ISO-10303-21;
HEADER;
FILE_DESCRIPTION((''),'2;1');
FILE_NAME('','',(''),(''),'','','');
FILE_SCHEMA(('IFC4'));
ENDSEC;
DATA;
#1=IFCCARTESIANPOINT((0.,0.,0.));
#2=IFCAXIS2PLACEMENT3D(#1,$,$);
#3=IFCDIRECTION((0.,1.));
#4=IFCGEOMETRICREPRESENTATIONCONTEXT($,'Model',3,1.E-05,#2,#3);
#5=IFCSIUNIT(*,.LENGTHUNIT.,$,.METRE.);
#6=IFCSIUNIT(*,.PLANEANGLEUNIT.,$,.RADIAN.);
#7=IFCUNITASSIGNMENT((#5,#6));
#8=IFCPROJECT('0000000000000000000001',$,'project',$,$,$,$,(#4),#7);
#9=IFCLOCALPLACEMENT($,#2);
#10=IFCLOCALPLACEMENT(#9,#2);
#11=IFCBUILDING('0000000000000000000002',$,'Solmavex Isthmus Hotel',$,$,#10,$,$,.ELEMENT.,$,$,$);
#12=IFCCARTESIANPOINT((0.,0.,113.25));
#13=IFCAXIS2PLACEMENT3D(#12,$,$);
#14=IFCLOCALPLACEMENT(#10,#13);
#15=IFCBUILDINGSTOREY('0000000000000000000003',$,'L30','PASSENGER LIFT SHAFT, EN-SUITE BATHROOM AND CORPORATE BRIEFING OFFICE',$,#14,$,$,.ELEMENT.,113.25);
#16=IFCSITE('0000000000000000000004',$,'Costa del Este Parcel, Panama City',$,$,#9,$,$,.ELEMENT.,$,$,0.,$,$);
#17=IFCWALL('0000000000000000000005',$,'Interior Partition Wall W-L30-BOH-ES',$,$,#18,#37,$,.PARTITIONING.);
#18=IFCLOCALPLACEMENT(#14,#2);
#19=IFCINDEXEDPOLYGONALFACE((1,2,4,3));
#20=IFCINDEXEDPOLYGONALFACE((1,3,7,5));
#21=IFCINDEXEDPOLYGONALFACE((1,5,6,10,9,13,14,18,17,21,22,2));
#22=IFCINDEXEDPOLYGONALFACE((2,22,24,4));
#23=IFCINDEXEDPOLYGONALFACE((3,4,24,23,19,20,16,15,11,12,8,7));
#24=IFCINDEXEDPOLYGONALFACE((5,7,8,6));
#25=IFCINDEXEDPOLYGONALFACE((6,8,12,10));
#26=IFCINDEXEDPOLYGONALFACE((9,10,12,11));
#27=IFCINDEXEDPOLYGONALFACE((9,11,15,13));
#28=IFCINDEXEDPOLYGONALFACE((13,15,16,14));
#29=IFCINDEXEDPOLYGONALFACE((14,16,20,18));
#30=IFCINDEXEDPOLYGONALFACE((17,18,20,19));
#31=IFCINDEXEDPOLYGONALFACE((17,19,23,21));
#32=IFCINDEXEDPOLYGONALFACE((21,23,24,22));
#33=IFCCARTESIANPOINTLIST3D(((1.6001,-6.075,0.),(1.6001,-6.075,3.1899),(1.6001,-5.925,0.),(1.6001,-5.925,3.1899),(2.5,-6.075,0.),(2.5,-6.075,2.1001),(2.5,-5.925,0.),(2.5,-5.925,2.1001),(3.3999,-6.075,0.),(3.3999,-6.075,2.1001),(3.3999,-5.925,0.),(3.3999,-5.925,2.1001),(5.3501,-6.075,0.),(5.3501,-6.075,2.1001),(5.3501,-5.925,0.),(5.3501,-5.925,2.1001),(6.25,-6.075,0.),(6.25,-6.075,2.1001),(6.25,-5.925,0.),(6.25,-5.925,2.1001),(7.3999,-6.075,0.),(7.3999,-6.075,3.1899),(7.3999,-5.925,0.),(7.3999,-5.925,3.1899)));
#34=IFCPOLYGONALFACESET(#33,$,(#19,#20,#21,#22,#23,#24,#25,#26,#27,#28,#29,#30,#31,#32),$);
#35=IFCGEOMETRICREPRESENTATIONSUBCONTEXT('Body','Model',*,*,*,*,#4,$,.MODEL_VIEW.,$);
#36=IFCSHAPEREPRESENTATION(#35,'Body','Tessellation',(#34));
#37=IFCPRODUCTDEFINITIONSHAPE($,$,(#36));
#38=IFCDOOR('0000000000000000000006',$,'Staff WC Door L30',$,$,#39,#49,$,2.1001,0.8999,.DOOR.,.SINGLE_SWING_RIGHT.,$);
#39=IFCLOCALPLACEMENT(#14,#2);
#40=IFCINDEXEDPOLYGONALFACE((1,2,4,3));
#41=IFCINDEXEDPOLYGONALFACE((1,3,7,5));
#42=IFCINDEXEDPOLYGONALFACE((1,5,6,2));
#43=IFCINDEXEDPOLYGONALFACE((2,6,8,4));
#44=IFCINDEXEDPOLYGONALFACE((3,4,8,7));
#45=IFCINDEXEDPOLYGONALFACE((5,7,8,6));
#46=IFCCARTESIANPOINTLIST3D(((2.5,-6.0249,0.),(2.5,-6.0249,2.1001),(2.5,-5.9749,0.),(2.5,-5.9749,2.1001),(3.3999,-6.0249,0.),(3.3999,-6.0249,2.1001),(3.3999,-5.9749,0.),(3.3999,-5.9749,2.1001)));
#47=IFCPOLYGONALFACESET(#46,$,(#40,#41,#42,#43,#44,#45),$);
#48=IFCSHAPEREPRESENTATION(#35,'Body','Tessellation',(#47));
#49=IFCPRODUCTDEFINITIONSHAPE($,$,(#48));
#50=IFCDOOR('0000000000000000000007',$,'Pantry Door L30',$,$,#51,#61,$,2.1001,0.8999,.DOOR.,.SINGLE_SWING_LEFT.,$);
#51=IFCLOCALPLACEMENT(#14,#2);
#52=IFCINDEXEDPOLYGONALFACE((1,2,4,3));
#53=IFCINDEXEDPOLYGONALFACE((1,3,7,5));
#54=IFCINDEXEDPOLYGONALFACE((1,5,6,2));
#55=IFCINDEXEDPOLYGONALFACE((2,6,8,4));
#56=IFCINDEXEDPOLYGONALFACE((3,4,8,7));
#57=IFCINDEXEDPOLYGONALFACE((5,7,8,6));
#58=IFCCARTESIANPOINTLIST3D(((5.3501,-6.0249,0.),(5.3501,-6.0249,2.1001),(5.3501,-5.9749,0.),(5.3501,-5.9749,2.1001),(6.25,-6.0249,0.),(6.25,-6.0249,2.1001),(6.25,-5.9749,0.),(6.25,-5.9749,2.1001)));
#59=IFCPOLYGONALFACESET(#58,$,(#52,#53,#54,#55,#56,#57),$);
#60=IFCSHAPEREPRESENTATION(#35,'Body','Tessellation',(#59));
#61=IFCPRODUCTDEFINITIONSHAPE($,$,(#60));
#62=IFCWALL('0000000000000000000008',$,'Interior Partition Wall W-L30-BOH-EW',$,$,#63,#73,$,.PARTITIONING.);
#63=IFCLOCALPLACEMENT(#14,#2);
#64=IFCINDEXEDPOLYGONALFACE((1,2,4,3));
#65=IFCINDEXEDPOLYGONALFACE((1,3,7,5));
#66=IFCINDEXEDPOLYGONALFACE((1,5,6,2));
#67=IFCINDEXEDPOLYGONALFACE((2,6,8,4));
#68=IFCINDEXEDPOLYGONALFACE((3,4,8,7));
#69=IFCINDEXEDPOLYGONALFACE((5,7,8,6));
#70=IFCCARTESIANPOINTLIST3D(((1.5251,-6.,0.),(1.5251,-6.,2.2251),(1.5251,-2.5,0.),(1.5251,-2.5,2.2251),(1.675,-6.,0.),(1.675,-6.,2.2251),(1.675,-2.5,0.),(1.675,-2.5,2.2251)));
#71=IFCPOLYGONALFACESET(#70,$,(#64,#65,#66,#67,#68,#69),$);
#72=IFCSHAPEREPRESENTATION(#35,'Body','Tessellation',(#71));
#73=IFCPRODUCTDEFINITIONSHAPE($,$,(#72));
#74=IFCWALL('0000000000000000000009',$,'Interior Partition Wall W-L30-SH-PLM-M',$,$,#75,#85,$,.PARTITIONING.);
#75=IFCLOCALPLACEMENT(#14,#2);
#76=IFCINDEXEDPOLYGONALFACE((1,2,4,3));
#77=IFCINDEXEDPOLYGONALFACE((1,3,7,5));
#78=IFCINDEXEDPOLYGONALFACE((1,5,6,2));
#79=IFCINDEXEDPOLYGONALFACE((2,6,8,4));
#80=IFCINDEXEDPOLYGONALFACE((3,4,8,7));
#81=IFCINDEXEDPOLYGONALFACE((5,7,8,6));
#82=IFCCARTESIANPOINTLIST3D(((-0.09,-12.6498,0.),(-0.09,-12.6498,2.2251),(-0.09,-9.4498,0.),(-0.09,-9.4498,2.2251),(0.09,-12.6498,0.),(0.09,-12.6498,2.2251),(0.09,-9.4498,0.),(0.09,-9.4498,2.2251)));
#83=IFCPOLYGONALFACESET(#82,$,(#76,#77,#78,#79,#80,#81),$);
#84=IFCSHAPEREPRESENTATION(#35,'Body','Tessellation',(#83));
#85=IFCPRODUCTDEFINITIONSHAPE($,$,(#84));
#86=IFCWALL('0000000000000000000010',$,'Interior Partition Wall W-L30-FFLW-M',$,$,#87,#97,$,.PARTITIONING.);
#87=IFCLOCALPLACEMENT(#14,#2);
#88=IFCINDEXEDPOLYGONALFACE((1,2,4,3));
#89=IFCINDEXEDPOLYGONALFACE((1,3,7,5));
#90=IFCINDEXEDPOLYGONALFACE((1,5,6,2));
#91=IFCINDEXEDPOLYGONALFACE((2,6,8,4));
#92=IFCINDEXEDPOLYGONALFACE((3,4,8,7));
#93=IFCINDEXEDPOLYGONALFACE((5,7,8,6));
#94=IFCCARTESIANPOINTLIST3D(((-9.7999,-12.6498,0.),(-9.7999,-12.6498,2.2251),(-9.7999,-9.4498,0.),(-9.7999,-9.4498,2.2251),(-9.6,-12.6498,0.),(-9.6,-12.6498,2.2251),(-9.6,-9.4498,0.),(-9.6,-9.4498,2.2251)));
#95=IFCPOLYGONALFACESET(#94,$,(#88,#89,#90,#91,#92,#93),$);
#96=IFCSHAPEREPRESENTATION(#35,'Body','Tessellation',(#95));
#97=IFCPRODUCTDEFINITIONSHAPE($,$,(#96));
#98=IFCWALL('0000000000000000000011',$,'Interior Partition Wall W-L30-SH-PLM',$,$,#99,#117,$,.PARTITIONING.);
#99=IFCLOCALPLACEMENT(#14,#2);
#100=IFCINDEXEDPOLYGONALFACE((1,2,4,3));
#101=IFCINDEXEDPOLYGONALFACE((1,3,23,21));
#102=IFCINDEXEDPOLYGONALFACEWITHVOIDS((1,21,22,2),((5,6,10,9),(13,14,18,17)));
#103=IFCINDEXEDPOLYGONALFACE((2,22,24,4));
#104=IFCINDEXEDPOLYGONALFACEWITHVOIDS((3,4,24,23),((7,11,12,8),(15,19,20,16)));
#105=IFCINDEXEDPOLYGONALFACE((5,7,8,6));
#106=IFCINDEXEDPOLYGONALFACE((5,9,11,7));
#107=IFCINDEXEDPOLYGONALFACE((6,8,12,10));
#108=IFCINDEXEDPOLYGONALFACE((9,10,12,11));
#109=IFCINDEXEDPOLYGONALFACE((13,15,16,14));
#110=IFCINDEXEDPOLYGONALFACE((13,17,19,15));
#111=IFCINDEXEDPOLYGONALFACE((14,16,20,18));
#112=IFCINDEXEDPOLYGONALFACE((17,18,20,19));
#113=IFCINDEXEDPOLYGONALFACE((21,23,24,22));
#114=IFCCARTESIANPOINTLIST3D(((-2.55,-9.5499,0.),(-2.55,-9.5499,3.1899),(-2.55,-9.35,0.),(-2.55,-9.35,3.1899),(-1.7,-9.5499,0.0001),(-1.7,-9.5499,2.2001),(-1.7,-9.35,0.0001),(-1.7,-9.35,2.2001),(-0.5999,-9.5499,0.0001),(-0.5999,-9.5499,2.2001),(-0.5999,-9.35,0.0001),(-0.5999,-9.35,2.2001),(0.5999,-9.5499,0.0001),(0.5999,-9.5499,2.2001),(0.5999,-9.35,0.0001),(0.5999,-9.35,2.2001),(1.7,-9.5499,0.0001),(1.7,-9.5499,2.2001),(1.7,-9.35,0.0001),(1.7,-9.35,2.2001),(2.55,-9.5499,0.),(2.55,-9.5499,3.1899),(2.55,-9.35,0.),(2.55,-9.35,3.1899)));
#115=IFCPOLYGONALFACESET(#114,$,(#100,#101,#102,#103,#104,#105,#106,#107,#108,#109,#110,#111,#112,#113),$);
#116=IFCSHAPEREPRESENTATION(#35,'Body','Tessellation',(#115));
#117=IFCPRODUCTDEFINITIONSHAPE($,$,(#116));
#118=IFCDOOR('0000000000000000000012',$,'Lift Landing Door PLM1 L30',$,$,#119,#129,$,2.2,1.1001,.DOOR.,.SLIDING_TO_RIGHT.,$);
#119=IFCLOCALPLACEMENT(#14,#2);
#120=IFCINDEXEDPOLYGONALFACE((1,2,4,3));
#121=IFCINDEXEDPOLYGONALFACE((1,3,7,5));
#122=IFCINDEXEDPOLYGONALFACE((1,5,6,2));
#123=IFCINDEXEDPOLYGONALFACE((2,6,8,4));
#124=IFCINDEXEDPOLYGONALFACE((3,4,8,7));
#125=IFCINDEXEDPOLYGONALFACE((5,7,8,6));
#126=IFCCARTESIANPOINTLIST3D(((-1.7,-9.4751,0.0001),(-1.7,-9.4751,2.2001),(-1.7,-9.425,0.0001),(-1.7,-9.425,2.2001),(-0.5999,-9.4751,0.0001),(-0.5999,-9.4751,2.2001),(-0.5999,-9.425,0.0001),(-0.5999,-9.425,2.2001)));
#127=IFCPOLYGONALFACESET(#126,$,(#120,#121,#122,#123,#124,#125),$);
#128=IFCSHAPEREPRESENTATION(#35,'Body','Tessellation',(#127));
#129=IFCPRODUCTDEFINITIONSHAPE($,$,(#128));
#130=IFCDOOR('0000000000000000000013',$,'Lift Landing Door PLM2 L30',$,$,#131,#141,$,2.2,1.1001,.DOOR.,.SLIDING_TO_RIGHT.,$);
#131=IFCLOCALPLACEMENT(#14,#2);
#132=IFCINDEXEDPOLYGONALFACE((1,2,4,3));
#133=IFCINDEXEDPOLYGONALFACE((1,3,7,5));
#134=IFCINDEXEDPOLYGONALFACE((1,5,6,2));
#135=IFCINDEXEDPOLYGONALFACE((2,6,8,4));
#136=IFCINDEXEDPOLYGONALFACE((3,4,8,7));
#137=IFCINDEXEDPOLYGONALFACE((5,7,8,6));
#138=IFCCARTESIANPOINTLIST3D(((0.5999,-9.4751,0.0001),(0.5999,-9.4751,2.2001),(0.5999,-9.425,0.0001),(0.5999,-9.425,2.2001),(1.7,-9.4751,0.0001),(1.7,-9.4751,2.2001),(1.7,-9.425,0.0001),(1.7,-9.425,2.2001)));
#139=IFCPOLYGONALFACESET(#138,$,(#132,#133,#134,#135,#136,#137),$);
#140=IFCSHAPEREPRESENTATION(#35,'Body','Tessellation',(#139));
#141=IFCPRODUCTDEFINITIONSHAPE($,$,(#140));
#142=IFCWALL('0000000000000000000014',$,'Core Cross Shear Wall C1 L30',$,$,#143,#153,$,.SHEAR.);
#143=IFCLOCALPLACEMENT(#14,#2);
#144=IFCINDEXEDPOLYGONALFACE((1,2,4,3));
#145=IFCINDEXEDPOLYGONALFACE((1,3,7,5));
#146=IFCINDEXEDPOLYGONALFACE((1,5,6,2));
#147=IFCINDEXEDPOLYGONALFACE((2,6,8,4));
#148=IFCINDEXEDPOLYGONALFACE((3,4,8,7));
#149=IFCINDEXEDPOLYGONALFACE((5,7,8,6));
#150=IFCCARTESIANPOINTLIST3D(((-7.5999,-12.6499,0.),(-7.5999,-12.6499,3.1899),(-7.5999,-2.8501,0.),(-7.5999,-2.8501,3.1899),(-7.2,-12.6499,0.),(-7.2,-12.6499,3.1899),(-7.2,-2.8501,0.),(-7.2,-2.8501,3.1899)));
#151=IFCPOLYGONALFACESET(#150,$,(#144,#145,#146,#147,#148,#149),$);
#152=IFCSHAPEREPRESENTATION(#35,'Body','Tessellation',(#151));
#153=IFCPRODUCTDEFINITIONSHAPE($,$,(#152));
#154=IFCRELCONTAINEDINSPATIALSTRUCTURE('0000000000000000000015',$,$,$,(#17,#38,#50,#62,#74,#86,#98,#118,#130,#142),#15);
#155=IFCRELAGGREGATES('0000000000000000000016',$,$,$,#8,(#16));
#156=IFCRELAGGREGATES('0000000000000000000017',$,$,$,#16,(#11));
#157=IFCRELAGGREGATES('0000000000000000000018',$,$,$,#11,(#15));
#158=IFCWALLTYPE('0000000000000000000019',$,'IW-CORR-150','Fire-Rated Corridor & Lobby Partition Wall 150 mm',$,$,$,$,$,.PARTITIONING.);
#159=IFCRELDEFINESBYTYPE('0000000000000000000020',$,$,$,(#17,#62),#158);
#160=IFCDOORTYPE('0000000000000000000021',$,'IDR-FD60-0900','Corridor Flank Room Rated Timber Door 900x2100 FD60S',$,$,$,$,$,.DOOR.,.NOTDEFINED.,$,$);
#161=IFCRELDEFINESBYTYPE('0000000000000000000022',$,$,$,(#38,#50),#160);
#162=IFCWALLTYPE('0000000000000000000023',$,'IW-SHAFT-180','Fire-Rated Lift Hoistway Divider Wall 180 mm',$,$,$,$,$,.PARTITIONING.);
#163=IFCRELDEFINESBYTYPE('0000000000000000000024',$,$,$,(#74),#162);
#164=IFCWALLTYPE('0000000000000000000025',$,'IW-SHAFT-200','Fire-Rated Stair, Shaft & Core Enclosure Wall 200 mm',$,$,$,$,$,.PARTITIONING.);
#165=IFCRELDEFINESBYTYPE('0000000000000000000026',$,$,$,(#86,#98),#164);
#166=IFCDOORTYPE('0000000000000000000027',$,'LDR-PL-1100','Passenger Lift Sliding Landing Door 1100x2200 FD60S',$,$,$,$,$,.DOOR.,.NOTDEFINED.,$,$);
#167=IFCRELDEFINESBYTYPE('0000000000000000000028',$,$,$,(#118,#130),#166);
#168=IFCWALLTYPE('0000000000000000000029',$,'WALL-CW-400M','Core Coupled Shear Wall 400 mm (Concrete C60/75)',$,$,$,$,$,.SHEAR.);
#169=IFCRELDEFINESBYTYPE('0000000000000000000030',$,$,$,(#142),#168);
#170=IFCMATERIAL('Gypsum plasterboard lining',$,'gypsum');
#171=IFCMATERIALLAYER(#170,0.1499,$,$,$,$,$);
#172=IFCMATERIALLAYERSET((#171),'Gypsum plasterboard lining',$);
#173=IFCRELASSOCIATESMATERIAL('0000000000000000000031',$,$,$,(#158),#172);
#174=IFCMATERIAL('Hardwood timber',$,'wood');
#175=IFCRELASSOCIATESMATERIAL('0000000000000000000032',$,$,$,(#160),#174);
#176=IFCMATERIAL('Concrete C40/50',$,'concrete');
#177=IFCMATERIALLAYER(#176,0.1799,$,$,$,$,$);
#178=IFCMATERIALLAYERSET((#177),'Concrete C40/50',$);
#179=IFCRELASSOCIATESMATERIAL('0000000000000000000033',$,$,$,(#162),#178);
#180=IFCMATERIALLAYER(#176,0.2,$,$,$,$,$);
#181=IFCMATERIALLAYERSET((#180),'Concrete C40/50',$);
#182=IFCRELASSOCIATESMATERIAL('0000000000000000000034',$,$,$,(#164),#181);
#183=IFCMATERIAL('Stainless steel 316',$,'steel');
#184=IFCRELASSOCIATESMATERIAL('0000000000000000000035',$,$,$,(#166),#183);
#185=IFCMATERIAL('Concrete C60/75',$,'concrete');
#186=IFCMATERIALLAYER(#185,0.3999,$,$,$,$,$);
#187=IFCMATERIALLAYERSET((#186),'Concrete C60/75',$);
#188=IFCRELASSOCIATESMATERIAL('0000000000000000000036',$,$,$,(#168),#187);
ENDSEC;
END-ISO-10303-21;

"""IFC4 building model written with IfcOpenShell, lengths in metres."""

from ifc_helpers import new_model, si_unit, direction, frame, frame_2d, origin, place, context, subcontext, project, spatial, rectangle, extrude, material, layer, layer_set, type_object, element, fill, save


model = new_model("IFC4")

# Units and contexts
model_context = context("Model", 3, precision=1e-05, world=origin(), true_north=direction((0.0, 1.0)))
body_context = subcontext(model_context, "Body", "Model", "MODEL_VIEW")
ifc_project = project(units=[si_unit("LENGTHUNIT", "METRE"), si_unit("PLANEANGLEUNIT", "RADIAN")], contexts=[model_context])

# Site, building, storey
site_placement = place(None, origin())
site = spatial("IfcSite", under=ifc_project, at=site_placement, Name="Costa del Este Parcel, Panama City", CompositionType="ELEMENT", RefElevation=0.0)
building_placement = place(site_placement, origin())
building = spatial("IfcBuilding", under=site, at=building_placement, Name="Solmavex Isthmus Hotel", CompositionType="ELEMENT")
storey_placement = place(building_placement, frame((0.0, 0.0, 113.25)))
storey = spatial("IfcBuildingStorey", under=building, at=storey_placement, Name="L30", Description="PASSENGER LIFT SHAFT, EN-SUITE BATHROOM AND CORPORATE BRIEFING OFFICE", CompositionType="ELEMENT", Elevation=113.25)

# Shared definitions
ifc_material_1 = material(Name="Concrete C60/75", Category="concrete")

# Shared definitions
ifc_material_2 = material(Name="Concrete C40/50", Category="concrete")

# Shared definitions
ifc_material_3 = material(Name="Gypsum plasterboard lining", Category="gypsum")
ifc_material_4 = material(Name="Hardwood timber", Category="wood")

# Shared definitions
ifc_layer_1 = layer(ifc_material_3, 0.1499)
ifc_layer_set_1 = layer_set([ifc_layer_1], Name="Gypsum plasterboard lining")
wall_type_1 = type_object("IfcWallType", Name="IW-CORR-150", Description="Fire-Rated Corridor & Lobby Partition Wall 150 mm", PredefinedType="PARTITIONING", material=ifc_layer_set_1)

# Wall, openings, doors
wall_1_placement = place(storey_placement, frame((1.6001, -6.0, 0.0), z_axis=(0.0, 0.0, 1.0), x_axis=(1.0, 0.0, 0.0)))
wall_1 = element("IfcWall", 1, at=wall_1_placement, inside=storey, type_object=wall_type_1, Name="Interior Partition Wall W-L30-BOH-ES", PredefinedType="PARTITIONING", context=body_context, shape_type="SweptSolid", body=[
    extrude(rectangle(XDim=5.7998, YDim=0.1499, at=frame_2d((2.8999, 0.0))), origin(), (0.0, 0.0, 1.0), 3.1899),
])
opening_1_placement = place(wall_1_placement, frame((0.8999, 0.0, 0.0)))
opening_1 = element("IfcOpeningElement", 2, at=opening_1_placement, cuts=wall_1, PredefinedType="OPENING", context=body_context, shape_type="SweptSolid", body=[
    extrude(rectangle(XDim=0.8999, YDim=2.1001, at=frame_2d((0.45, 1.05))), frame((0.0, 0.085, 0.0), z_axis=(0.0, -1.0, 0.0), x_axis=(1.0, 0.0, 0.0)), (0.0, 0.0, 1.0), 0.1699),
])
opening_2_placement = place(wall_1_placement, frame((3.75, 0.0, 0.0)))
opening_2 = element("IfcOpeningElement", 3, at=opening_2_placement, cuts=wall_1, PredefinedType="OPENING", context=body_context, shape_type="SweptSolid", body=[
    extrude(rectangle(XDim=0.8999, YDim=2.1001, at=frame_2d((0.45, 1.05))), frame((0.0, 0.085, 0.0), z_axis=(0.0, -1.0, 0.0), x_axis=(1.0, 0.0, 0.0)), (0.0, 0.0, 1.0), 0.1699),
])
door_type_1 = type_object("IfcDoorType", Name="IDR-FD60-0900", Description="Corridor Flank Room Rated Timber Door 900x2100 FD60S", OperationType="NOTDEFINED", PredefinedType="DOOR", material=ifc_material_4)
door_1_placement = place(opening_1_placement, frame((0.8999, 0.0, 0.0), z_axis=(0.0, 0.0, 1.0), x_axis=(-1.0, 0.0, 0.0)))
door_1 = element("IfcDoor", 4, at=door_1_placement, inside=storey, type_object=door_type_1, Name="Staff WC Door L30", OperationType="SINGLE_SWING_RIGHT", OverallHeight=2.1001, OverallWidth=0.8999, PredefinedType="DOOR", context=body_context, shape_type="SweptSolid", body=[
    extrude(rectangle(XDim=0.8999, YDim=2.1001, at=frame_2d((0.45, 1.05))), frame((0.0, 0.0249, 0.0), z_axis=(0.0, -1.0, 0.0), x_axis=(1.0, 0.0, 0.0)), (0.0, 0.0, 1.0), 0.05),
])
fill(opening_1, door_1)
door_2_placement = place(opening_2_placement, frame((0.8999, 0.0, 0.0), z_axis=(0.0, 0.0, 1.0), x_axis=(-1.0, 0.0, 0.0)))
door_2 = element("IfcDoor", 5, at=door_2_placement, inside=storey, type_object=door_type_1, Name="Pantry Door L30", OperationType="SINGLE_SWING_LEFT", OverallHeight=2.1001, OverallWidth=0.8999, PredefinedType="DOOR", context=body_context, shape_type="SweptSolid", body=[
    extrude(rectangle(XDim=0.8999, YDim=2.1001, at=frame_2d((0.45, 1.05))), frame((0.0, 0.0249, 0.0), z_axis=(0.0, -1.0, 0.0), x_axis=(1.0, 0.0, 0.0)), (0.0, 0.0, 1.0), 0.05),
])
fill(opening_2, door_2)

# Walls
wall_2_placement = place(storey_placement, frame((1.6001, -6.0, 0.0), z_axis=(0.0, 0.0, 1.0), x_axis=(0.0, 1.0, 0.0)))
element("IfcWall", 6, at=wall_2_placement, inside=storey, type_object=wall_type_1, Name="Interior Partition Wall W-L30-BOH-EW", PredefinedType="PARTITIONING", context=body_context, shape_type="SweptSolid", body=[
    extrude(rectangle(XDim=3.5, YDim=0.1499, at=frame_2d((1.75, 0.0))), origin(), (0.0, 0.0, 1.0), 2.2251),
])
ifc_layer_2 = layer(ifc_material_2, 0.1799)
ifc_layer_set_2 = layer_set([ifc_layer_2], Name="Concrete C40/50")
wall_type_2 = type_object("IfcWallType", Name="IW-SHAFT-180", Description="Fire-Rated Lift Hoistway Divider Wall 180 mm", PredefinedType="PARTITIONING", material=ifc_layer_set_2)
wall_3_placement = place(storey_placement, frame((0.0, -12.6499, 0.0), z_axis=(0.0, 0.0, 1.0), x_axis=(0.0, 1.0, 0.0)))
element("IfcWall", 7, at=wall_3_placement, inside=storey, type_object=wall_type_2, Name="Interior Partition Wall W-L30-SH-PLM-M", PredefinedType="PARTITIONING", context=body_context, shape_type="SweptSolid", body=[
    extrude(rectangle(XDim=3.2, YDim=0.1799, at=frame_2d((1.6001, 0.0))), origin(), (0.0, 0.0, 1.0), 2.2251),
])
ifc_layer_3 = layer(ifc_material_2, 0.2)
ifc_layer_set_3 = layer_set([ifc_layer_3], Name="Concrete C40/50")
wall_type_3 = type_object("IfcWallType", Name="IW-SHAFT-200", Description="Fire-Rated Stair, Shaft & Core Enclosure Wall 200 mm", PredefinedType="PARTITIONING", material=ifc_layer_set_3)
wall_4_placement = place(storey_placement, frame((-9.7, -12.6499, 0.0), z_axis=(0.0, 0.0, 1.0), x_axis=(0.0, 1.0, 0.0)))
element("IfcWall", 8, at=wall_4_placement, inside=storey, type_object=wall_type_3, Name="Interior Partition Wall W-L30-FFLW-M", PredefinedType="PARTITIONING", context=body_context, shape_type="SweptSolid", body=[
    extrude(rectangle(XDim=3.2, YDim=0.2, at=frame_2d((1.6001, 0.0))), origin(), (0.0, 0.0, 1.0), 2.2251),
])

# Wall, openings, doors
wall_5_placement = place(storey_placement, frame((-2.55, -9.45, 0.0), z_axis=(0.0, 0.0, 1.0), x_axis=(1.0, 0.0, 0.0)))
wall_5 = element("IfcWall", 9, at=wall_5_placement, inside=storey, type_object=wall_type_3, Name="Interior Partition Wall W-L30-SH-PLM", PredefinedType="PARTITIONING", context=body_context, shape_type="SweptSolid", body=[
    extrude(rectangle(XDim=5.1001, YDim=0.2, at=frame_2d((2.55, 0.0))), origin(), (0.0, 0.0, 1.0), 3.1899),
])
opening_3_placement = place(wall_5_placement, frame((0.8501, 0.0, 0.0)))
opening_3 = element("IfcOpeningElement", 10, at=opening_3_placement, cuts=wall_5, PredefinedType="OPENING", context=body_context, shape_type="SweptSolid", body=[
    extrude(rectangle(XDim=1.1001, YDim=2.2, at=frame_2d((0.55, 1.1001))), frame((0.0, 0.1099, 0.0), z_axis=(0.0, -1.0, 0.0), x_axis=(1.0, 0.0, 0.0)), (0.0, 0.0, 1.0), 0.22),
])
opening_4_placement = place(wall_5_placement, frame((3.1499, 0.0, 0.0)))
opening_4 = element("IfcOpeningElement", 11, at=opening_4_placement, cuts=wall_5, PredefinedType="OPENING", context=body_context, shape_type="SweptSolid", body=[
    extrude(rectangle(XDim=1.1001, YDim=2.2, at=frame_2d((0.55, 1.1001))), frame((0.0, 0.1099, 0.0), z_axis=(0.0, -1.0, 0.0), x_axis=(1.0, 0.0, 0.0)), (0.0, 0.0, 1.0), 0.22),
])
ifc_material_5 = material(Name="Stainless steel 316", Category="steel")
door_type_2 = type_object("IfcDoorType", Name="LDR-PL-1100", Description="Passenger Lift Sliding Landing Door 1100x2200 FD60S", OperationType="NOTDEFINED", PredefinedType="DOOR", material=ifc_material_5)
door_3_placement = place(opening_3_placement, origin())
door_3 = element("IfcDoor", 12, at=door_3_placement, inside=storey, type_object=door_type_2, Name="Lift Landing Door PLM1 L30", OperationType="SLIDING_TO_RIGHT", OverallHeight=2.2, OverallWidth=1.1001, PredefinedType="DOOR", context=body_context, shape_type="SweptSolid", body=[
    extrude(rectangle(XDim=1.1001, YDim=2.2, at=frame_2d((0.55, 1.1001))), frame((0.0, 0.0249, 0.0), z_axis=(0.0, -1.0, 0.0), x_axis=(1.0, 0.0, 0.0)), (0.0, 0.0, 1.0), 0.05),
])
fill(opening_3, door_3)
door_4_placement = place(opening_4_placement, origin())
door_4 = element("IfcDoor", 13, at=door_4_placement, inside=storey, type_object=door_type_2, Name="Lift Landing Door PLM2 L30", OperationType="SLIDING_TO_RIGHT", OverallHeight=2.2, OverallWidth=1.1001, PredefinedType="DOOR", context=body_context, shape_type="SweptSolid", body=[
    extrude(rectangle(XDim=1.1001, YDim=2.2, at=frame_2d((0.55, 1.1001))), frame((0.0, 0.0249, 0.0), z_axis=(0.0, -1.0, 0.0), x_axis=(1.0, 0.0, 0.0)), (0.0, 0.0, 1.0), 0.05),
])
fill(opening_4, door_4)

# Wall
ifc_layer_4 = layer(ifc_material_1, 0.3999)
ifc_layer_set_4 = layer_set([ifc_layer_4], Name="Concrete C60/75")
wall_type_4 = type_object("IfcWallType", Name="WALL-CW-400M", Description="Core Coupled Shear Wall 400 mm (Concrete C60/75)", PredefinedType="SHEAR", material=ifc_layer_set_4)
wall_6_placement = place(storey_placement, frame((-7.3999, -12.6499, 0.0), z_axis=(0.0, 0.0, 1.0), x_axis=(0.0, 1.0, 0.0)))
element("IfcWall", 14, at=wall_6_placement, inside=storey, type_object=wall_type_4, Name="Core Cross Shear Wall C1 L30", PredefinedType="SHEAR", context=body_context, shape_type="SweptSolid", body=[
    extrude(rectangle(XDim=9.7998, YDim=0.3999, at=frame_2d((4.8999, 0.0))), origin(), (0.0, 0.0, 1.0), 3.1899),
])

save(model, "model.ifc")
